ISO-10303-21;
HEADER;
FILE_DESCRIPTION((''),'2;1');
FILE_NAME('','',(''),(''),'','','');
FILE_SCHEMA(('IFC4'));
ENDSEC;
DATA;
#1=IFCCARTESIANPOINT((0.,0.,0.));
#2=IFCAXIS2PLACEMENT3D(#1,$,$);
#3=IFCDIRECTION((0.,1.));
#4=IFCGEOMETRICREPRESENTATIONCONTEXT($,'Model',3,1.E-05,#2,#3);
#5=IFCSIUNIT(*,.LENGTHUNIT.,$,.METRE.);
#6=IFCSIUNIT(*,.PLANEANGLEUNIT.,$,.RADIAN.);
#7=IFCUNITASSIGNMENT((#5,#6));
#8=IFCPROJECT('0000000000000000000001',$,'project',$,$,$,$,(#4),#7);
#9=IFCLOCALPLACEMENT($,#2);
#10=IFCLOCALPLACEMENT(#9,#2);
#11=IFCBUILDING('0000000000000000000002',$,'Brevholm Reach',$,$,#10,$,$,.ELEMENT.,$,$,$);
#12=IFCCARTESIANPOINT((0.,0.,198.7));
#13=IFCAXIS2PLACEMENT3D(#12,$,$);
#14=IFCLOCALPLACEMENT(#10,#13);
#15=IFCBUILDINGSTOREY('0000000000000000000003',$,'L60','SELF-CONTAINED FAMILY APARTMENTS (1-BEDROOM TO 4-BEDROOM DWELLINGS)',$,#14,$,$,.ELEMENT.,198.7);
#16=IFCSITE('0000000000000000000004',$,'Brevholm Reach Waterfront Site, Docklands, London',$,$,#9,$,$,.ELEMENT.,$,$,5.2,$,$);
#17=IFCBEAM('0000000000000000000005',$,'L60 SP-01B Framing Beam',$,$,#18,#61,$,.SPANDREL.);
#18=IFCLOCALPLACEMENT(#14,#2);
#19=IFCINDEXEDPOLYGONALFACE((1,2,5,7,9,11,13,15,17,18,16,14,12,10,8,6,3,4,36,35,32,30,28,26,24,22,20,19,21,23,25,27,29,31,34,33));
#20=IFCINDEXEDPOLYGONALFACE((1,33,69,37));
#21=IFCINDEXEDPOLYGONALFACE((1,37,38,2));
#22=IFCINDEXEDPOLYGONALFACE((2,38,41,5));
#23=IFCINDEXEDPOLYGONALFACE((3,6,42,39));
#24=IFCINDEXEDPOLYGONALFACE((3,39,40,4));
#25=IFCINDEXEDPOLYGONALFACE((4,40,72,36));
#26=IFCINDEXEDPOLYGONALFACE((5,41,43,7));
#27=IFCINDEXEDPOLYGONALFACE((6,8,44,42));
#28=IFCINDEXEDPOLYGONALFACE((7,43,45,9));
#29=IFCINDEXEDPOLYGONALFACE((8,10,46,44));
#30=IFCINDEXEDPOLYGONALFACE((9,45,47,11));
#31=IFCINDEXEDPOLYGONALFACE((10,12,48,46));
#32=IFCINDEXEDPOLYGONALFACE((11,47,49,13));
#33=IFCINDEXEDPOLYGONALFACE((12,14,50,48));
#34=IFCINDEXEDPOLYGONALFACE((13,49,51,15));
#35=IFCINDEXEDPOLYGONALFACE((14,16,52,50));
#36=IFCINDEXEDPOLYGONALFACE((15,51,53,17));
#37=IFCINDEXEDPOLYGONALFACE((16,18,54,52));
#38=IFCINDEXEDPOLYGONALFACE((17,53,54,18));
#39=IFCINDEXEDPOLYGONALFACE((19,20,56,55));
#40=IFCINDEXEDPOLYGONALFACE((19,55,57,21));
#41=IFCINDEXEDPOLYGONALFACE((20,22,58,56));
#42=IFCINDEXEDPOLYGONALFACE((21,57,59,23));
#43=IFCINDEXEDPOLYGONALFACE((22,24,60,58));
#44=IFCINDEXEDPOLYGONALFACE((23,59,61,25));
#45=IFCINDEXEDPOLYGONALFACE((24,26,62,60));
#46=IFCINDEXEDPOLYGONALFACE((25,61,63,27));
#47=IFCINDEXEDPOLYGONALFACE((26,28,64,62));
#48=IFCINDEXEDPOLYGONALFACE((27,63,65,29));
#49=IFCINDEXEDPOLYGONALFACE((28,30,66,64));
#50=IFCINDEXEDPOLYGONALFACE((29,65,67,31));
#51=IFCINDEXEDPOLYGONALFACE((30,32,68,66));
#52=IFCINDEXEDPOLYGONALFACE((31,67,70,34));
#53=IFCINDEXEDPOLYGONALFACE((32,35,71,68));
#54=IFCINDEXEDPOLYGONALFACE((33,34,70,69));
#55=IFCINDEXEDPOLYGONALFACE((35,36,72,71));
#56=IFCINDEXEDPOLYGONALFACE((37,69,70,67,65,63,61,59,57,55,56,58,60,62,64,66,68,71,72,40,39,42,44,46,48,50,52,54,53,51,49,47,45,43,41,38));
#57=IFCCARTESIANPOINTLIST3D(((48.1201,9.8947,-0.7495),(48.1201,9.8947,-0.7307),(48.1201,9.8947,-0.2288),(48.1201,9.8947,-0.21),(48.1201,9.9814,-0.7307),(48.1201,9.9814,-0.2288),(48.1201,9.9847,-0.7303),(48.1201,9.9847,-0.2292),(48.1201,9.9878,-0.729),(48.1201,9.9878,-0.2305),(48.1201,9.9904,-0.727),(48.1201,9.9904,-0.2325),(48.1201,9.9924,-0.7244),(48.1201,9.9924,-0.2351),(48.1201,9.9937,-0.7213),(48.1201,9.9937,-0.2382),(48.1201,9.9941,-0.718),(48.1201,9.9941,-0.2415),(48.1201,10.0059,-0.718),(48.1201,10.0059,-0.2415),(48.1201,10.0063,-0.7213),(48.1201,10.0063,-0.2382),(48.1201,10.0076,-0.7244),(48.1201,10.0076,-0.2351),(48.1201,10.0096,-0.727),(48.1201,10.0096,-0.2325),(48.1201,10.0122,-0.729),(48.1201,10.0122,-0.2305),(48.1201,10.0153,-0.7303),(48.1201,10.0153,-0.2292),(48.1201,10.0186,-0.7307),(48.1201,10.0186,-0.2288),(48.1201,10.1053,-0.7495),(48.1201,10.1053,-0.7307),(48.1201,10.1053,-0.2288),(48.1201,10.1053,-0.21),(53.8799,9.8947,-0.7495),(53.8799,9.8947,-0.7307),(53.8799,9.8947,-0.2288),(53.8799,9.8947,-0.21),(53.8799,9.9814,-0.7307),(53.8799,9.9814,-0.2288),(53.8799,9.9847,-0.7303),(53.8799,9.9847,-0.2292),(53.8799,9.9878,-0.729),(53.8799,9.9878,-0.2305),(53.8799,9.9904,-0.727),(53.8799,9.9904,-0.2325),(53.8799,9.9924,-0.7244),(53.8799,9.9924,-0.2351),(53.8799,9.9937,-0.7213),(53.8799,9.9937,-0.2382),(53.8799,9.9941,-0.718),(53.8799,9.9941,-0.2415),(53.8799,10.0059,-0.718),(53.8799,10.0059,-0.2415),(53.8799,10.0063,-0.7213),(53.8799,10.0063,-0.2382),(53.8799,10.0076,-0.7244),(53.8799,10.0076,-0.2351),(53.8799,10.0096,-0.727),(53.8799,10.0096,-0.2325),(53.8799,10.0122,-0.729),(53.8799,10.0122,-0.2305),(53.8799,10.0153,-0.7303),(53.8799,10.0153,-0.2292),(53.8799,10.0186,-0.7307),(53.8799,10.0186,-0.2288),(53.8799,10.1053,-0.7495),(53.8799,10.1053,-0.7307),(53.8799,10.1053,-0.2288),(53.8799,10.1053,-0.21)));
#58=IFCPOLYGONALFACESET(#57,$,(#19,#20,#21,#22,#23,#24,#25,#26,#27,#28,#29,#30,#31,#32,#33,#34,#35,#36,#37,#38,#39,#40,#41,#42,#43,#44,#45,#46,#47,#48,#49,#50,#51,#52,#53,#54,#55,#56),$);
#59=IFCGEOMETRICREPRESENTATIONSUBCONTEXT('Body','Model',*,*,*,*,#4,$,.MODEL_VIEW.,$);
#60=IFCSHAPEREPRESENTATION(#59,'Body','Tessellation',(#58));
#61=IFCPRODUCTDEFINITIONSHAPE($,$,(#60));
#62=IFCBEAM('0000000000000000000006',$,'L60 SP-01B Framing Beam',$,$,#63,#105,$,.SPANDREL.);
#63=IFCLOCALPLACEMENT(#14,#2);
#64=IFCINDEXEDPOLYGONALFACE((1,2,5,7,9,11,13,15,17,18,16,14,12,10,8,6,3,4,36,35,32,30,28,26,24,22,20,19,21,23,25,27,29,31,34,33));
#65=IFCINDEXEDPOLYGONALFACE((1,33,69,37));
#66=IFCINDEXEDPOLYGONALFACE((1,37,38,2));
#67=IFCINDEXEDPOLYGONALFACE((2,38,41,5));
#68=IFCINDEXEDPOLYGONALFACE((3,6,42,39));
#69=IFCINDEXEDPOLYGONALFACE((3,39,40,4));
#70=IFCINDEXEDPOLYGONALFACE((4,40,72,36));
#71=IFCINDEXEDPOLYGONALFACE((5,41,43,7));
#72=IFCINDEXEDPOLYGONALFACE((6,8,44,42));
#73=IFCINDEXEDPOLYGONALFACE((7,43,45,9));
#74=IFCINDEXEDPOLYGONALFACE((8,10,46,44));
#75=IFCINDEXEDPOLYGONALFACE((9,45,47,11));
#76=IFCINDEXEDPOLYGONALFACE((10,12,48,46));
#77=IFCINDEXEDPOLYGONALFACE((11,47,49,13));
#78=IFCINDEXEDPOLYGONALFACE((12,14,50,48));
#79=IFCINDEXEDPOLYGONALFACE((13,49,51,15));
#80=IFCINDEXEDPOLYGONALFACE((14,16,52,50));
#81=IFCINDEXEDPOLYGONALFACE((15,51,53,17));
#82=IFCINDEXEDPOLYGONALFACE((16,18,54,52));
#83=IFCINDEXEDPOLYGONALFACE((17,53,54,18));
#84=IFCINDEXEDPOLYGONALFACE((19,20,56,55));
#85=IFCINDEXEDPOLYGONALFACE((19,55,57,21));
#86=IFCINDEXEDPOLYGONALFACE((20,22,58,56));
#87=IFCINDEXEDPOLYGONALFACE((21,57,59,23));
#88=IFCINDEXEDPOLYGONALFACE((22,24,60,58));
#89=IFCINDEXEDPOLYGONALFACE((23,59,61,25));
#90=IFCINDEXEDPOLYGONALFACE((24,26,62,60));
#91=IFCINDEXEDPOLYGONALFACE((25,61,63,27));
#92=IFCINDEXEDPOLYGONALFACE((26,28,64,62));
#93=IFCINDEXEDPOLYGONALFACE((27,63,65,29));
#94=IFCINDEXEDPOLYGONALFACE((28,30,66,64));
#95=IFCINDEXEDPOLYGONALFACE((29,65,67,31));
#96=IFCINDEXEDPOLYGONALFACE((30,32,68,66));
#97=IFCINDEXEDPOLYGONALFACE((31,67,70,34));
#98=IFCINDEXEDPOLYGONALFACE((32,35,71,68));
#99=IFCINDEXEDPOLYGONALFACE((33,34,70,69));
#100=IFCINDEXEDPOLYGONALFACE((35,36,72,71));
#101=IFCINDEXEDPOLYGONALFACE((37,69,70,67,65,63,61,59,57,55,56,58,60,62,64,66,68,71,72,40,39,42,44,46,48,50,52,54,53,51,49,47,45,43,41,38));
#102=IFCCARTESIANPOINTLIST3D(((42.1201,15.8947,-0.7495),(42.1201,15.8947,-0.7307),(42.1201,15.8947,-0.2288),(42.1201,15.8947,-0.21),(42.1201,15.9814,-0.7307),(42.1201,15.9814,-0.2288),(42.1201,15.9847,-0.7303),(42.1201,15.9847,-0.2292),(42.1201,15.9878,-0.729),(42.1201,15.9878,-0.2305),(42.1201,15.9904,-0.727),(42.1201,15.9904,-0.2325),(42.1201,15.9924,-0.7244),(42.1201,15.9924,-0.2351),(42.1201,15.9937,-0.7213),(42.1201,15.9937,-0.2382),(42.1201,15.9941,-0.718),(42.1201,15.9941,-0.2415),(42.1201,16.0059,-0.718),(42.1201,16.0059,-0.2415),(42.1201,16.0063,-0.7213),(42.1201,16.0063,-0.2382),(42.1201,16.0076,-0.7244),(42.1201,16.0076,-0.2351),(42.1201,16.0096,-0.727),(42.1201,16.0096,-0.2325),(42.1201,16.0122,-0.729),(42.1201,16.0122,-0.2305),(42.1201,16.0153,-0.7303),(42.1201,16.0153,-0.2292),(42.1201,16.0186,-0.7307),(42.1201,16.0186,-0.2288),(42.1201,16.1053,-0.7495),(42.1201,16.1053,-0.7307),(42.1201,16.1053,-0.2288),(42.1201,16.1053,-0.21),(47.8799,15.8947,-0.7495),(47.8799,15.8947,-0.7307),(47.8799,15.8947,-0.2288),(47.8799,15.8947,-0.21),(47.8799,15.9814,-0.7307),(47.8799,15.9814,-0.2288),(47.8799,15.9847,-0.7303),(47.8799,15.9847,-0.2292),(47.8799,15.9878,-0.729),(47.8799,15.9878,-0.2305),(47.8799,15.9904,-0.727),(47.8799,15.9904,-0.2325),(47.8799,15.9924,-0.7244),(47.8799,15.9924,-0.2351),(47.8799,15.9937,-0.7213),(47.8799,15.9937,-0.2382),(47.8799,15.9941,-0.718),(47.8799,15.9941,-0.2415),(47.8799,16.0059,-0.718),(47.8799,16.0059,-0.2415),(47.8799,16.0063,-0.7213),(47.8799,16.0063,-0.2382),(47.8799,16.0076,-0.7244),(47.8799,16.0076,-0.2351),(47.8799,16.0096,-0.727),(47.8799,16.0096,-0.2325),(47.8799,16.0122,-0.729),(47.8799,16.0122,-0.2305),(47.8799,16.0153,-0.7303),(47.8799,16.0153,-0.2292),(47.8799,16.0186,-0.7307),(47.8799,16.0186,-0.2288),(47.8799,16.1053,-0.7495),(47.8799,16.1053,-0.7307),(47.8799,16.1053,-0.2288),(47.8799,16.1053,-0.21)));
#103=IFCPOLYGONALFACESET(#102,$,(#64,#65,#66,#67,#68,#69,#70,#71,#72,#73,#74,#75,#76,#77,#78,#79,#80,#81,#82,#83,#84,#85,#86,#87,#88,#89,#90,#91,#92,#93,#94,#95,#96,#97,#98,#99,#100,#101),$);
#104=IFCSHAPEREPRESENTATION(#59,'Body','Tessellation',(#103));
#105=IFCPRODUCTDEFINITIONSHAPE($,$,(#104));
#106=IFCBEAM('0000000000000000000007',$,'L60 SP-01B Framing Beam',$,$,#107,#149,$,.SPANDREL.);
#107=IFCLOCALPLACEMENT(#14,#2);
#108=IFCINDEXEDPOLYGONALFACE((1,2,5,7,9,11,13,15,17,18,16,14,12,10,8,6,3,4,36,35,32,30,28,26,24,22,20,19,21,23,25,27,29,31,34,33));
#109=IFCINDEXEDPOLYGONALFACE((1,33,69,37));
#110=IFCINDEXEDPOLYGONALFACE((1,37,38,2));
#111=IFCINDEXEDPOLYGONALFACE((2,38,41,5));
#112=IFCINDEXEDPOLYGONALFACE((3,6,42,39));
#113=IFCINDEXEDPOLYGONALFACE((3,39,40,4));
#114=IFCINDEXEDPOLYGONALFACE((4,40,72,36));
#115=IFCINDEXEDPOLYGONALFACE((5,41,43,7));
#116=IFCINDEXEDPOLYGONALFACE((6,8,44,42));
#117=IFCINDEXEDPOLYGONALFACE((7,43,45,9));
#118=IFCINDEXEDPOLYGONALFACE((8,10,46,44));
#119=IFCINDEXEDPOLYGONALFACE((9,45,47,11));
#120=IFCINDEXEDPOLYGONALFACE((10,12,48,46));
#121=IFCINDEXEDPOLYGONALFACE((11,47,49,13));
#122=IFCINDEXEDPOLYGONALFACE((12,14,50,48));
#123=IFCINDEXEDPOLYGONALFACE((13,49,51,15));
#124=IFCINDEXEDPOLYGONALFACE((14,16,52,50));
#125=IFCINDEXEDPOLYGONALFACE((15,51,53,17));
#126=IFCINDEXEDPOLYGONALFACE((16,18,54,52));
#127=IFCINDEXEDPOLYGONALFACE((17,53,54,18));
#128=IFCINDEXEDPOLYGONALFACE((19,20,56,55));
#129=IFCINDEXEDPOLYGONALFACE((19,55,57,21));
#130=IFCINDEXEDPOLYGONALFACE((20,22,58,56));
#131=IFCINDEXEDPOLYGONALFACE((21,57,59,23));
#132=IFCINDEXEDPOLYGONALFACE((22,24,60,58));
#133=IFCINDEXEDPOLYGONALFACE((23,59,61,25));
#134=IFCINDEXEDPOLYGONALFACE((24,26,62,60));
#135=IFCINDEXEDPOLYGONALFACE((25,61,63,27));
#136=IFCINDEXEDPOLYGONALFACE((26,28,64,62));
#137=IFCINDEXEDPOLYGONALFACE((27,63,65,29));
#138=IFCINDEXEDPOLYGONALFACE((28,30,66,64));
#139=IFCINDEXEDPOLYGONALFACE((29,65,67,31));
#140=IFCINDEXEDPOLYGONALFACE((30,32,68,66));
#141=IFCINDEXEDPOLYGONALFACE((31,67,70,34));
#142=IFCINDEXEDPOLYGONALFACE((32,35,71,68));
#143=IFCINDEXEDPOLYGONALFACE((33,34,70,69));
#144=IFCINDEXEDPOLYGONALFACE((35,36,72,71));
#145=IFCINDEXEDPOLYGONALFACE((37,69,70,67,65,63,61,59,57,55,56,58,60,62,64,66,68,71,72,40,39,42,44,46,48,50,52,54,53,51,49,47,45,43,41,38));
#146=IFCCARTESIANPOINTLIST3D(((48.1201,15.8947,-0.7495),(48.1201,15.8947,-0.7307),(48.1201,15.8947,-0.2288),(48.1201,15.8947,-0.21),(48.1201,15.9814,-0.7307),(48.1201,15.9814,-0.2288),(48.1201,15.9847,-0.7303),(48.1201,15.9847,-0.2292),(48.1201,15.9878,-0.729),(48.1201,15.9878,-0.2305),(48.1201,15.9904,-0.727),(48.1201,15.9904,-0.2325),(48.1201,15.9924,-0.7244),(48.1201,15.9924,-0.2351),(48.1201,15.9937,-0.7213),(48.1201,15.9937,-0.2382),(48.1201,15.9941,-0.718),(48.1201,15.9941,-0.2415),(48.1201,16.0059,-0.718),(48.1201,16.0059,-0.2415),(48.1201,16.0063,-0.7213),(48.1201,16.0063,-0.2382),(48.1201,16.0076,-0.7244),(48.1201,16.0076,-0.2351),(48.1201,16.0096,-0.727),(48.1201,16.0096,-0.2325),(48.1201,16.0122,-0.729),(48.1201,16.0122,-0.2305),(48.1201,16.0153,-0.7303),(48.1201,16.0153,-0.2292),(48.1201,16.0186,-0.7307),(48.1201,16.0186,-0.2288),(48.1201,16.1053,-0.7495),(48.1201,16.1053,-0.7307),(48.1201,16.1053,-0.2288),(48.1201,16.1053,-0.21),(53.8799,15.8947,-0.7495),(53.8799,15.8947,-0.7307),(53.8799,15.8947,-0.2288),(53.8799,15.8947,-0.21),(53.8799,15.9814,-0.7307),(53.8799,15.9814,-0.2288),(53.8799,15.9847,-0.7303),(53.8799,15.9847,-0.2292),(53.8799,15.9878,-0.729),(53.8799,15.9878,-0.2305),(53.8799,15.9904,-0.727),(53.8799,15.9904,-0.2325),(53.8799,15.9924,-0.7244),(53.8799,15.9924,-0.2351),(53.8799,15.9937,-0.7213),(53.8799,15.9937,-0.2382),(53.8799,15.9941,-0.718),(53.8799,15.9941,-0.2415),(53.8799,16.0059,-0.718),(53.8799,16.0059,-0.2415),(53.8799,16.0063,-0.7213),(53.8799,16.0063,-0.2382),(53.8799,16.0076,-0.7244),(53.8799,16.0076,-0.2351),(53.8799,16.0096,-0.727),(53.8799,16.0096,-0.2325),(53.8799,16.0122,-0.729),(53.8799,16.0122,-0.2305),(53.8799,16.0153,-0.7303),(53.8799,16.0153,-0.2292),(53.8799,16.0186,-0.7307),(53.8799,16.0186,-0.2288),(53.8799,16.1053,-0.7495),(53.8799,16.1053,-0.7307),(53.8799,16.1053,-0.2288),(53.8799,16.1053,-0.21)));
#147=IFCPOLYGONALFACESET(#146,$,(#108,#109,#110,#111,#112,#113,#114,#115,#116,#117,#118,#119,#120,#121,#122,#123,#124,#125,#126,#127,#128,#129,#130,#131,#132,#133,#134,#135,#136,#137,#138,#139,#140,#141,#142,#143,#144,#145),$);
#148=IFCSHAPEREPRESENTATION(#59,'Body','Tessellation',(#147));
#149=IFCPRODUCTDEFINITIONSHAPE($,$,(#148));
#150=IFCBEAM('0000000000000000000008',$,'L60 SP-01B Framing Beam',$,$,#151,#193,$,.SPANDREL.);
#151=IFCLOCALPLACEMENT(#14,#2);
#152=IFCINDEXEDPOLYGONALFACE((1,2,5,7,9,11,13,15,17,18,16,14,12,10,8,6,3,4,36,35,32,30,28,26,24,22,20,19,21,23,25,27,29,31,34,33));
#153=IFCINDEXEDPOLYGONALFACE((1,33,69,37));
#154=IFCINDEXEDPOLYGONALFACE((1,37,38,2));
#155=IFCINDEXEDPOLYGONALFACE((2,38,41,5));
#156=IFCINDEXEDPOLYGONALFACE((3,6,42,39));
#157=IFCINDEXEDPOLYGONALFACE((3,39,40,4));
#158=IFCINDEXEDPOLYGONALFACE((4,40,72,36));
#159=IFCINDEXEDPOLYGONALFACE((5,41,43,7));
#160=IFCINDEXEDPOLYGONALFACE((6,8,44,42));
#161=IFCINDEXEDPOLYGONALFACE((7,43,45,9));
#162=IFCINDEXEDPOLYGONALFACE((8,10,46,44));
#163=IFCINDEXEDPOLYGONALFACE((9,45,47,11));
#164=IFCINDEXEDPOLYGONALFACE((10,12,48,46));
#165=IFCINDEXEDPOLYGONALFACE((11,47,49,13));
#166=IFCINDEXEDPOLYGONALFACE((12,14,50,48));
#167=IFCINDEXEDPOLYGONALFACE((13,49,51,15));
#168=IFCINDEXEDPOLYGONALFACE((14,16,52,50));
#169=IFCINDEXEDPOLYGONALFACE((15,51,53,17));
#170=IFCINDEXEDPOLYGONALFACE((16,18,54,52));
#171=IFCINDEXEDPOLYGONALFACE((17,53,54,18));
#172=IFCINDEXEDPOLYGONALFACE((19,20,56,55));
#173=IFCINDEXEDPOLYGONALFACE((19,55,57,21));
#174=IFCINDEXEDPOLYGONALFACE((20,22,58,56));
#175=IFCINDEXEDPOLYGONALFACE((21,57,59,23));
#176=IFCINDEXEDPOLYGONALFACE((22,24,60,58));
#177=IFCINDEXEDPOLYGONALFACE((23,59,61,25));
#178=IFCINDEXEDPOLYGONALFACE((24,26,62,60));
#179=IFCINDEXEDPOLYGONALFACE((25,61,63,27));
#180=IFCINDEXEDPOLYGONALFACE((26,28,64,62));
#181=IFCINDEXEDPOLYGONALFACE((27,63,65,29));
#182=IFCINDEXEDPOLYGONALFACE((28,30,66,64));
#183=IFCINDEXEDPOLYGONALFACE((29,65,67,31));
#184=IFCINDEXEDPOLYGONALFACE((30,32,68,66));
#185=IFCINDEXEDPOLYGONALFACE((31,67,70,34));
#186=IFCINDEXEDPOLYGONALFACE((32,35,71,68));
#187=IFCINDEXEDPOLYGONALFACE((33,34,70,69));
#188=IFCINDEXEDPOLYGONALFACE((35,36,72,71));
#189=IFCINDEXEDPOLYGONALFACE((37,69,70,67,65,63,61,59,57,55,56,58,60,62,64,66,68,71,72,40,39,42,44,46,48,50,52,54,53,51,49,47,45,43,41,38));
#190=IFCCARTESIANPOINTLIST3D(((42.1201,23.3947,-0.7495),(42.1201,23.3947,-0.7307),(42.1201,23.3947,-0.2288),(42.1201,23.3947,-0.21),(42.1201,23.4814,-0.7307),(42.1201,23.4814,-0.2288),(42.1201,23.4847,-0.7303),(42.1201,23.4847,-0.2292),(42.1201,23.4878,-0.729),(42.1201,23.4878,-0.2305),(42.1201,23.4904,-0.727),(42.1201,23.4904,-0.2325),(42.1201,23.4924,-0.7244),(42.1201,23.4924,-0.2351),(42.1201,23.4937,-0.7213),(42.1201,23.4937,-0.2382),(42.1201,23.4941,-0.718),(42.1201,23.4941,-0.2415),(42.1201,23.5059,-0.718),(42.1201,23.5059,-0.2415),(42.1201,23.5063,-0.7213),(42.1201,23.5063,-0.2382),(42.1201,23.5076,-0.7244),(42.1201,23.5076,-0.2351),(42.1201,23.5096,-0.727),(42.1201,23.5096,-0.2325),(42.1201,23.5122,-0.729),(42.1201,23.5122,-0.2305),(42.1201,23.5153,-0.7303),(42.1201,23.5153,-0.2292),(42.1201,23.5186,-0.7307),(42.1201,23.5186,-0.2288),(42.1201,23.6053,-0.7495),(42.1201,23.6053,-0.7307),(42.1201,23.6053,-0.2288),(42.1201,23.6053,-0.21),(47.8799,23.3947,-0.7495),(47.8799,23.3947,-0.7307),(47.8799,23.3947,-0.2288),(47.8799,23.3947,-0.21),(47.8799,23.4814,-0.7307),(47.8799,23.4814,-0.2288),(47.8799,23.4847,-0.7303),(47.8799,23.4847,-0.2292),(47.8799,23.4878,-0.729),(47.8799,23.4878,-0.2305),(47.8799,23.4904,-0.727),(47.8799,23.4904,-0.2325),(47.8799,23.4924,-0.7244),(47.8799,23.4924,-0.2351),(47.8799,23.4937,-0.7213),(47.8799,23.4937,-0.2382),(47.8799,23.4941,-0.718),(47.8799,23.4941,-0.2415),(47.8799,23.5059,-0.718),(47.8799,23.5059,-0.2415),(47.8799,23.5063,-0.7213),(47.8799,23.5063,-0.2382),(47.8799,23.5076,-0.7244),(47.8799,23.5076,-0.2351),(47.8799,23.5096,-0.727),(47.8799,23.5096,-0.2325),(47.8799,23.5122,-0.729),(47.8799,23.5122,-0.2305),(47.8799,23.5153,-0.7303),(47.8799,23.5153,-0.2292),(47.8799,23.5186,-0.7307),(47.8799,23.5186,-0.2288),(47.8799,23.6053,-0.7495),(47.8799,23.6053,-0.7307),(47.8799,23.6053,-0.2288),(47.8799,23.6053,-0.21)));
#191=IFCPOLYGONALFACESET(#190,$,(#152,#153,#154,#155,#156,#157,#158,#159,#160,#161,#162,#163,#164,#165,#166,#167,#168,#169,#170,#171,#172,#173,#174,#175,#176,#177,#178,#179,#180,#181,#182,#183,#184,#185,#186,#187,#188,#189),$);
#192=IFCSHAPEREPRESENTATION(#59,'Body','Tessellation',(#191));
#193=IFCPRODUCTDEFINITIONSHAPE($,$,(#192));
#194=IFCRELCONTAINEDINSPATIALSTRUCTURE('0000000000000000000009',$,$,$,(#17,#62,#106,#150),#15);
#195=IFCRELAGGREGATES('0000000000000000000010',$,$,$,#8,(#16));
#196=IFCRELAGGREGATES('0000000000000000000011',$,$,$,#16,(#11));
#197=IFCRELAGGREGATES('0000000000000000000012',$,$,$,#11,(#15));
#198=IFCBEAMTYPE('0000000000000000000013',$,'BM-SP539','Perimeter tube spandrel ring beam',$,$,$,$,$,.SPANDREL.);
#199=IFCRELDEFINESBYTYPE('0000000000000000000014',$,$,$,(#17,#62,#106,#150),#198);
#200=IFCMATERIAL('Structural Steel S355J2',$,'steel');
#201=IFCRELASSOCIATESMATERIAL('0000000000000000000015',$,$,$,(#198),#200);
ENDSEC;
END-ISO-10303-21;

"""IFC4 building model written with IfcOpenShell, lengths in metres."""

from ifc_helpers import new_model, si_unit, direction, frame, origin, origin_2d, place, context, subcontext, project, spatial, i_section, extrude, material, material_profile, profile_set, type_object, element, save


model = new_model("IFC4")

# Units and contexts
model_context = context("Model", 3, precision=1e-05, world=origin(), true_north=direction((0.0, 1.0)))
body_context = subcontext(model_context, "Body", "Model", "MODEL_VIEW")
ifc_project = project(units=[si_unit("LENGTHUNIT", "METRE"), si_unit("PLANEANGLEUNIT", "RADIAN")], contexts=[model_context])

# Site, building, storey
site_placement = place(None, origin())
site = spatial("IfcSite", under=ifc_project, at=site_placement, Name="Brevholm Reach Waterfront Site, Docklands, London", CompositionType="ELEMENT", RefElevation=5.2)
building_placement = place(site_placement, origin())
building = spatial("IfcBuilding", under=site, at=building_placement, Name="Brevholm Reach", CompositionType="ELEMENT")
storey_placement = place(building_placement, frame((0.0, 0.0, 198.7)))
storey = spatial("IfcBuildingStorey", under=building, at=storey_placement, Name="L60", Description="SELF-CONTAINED FAMILY APARTMENTS (1-BEDROOM TO 4-BEDROOM DWELLINGS)", CompositionType="ELEMENT", Elevation=198.7)

# Beams
ifc_material_1 = material(Name="Structural Steel S355J2", Category="steel")
ifc_material_profile_1 = material_profile(ifc_material_1, i_section(OverallWidth=0.2107, OverallDepth=0.5396, WebThickness=0.0117, FlangeThickness=0.0188, FilletRadius=0.0127, at=origin_2d()), Name="UKB 533x210x109")
ifc_profile_set_1 = profile_set([ifc_material_profile_1], Name="Structural Steel S355J2")
beam_type_1 = type_object("IfcBeamType", Name="BM-SP539", Description="Perimeter tube spandrel ring beam", PredefinedType="SPANDREL", material=ifc_profile_set_1)
for number, where, z_axis, x_axis, name in (
    (1, (48.1201, 10.0, -0.4797), (1.0, 0.0, 0.0), (0.0, 1.0, 0.0), "L60 SP-01B Framing Beam"),
    (2, (42.1201, 16.0, -0.4797), (1.0, 0.0, 0.0), (0.0, 1.0, 0.0), "L60 SP-01B Framing Beam"),
    (3, (48.1201, 16.0, -0.4797), (1.0, 0.0, 0.0), (0.0, 1.0, 0.0), "L60 SP-01B Framing Beam"),
    (4, (42.1201, 23.5, -0.4797), (1.0, 0.0, 0.0), (0.0, 1.0, 0.0), "L60 SP-01B Framing Beam"),
):
    element("IfcBeam", number, at=place(storey_placement, frame(where, z_axis=z_axis, x_axis=x_axis)), inside=storey, type_object=beam_type_1, Name=name, PredefinedType="SPANDREL", context=body_context, shape_type="SweptSolid", body=[
        extrude(i_section(OverallWidth=0.2107, OverallDepth=0.5396, WebThickness=0.0117, FlangeThickness=0.0188, FilletRadius=0.0127, at=origin_2d()), origin(), (0.0, 0.0, 1.0), 5.7598),
    ])

save(model, "model.ifc")
